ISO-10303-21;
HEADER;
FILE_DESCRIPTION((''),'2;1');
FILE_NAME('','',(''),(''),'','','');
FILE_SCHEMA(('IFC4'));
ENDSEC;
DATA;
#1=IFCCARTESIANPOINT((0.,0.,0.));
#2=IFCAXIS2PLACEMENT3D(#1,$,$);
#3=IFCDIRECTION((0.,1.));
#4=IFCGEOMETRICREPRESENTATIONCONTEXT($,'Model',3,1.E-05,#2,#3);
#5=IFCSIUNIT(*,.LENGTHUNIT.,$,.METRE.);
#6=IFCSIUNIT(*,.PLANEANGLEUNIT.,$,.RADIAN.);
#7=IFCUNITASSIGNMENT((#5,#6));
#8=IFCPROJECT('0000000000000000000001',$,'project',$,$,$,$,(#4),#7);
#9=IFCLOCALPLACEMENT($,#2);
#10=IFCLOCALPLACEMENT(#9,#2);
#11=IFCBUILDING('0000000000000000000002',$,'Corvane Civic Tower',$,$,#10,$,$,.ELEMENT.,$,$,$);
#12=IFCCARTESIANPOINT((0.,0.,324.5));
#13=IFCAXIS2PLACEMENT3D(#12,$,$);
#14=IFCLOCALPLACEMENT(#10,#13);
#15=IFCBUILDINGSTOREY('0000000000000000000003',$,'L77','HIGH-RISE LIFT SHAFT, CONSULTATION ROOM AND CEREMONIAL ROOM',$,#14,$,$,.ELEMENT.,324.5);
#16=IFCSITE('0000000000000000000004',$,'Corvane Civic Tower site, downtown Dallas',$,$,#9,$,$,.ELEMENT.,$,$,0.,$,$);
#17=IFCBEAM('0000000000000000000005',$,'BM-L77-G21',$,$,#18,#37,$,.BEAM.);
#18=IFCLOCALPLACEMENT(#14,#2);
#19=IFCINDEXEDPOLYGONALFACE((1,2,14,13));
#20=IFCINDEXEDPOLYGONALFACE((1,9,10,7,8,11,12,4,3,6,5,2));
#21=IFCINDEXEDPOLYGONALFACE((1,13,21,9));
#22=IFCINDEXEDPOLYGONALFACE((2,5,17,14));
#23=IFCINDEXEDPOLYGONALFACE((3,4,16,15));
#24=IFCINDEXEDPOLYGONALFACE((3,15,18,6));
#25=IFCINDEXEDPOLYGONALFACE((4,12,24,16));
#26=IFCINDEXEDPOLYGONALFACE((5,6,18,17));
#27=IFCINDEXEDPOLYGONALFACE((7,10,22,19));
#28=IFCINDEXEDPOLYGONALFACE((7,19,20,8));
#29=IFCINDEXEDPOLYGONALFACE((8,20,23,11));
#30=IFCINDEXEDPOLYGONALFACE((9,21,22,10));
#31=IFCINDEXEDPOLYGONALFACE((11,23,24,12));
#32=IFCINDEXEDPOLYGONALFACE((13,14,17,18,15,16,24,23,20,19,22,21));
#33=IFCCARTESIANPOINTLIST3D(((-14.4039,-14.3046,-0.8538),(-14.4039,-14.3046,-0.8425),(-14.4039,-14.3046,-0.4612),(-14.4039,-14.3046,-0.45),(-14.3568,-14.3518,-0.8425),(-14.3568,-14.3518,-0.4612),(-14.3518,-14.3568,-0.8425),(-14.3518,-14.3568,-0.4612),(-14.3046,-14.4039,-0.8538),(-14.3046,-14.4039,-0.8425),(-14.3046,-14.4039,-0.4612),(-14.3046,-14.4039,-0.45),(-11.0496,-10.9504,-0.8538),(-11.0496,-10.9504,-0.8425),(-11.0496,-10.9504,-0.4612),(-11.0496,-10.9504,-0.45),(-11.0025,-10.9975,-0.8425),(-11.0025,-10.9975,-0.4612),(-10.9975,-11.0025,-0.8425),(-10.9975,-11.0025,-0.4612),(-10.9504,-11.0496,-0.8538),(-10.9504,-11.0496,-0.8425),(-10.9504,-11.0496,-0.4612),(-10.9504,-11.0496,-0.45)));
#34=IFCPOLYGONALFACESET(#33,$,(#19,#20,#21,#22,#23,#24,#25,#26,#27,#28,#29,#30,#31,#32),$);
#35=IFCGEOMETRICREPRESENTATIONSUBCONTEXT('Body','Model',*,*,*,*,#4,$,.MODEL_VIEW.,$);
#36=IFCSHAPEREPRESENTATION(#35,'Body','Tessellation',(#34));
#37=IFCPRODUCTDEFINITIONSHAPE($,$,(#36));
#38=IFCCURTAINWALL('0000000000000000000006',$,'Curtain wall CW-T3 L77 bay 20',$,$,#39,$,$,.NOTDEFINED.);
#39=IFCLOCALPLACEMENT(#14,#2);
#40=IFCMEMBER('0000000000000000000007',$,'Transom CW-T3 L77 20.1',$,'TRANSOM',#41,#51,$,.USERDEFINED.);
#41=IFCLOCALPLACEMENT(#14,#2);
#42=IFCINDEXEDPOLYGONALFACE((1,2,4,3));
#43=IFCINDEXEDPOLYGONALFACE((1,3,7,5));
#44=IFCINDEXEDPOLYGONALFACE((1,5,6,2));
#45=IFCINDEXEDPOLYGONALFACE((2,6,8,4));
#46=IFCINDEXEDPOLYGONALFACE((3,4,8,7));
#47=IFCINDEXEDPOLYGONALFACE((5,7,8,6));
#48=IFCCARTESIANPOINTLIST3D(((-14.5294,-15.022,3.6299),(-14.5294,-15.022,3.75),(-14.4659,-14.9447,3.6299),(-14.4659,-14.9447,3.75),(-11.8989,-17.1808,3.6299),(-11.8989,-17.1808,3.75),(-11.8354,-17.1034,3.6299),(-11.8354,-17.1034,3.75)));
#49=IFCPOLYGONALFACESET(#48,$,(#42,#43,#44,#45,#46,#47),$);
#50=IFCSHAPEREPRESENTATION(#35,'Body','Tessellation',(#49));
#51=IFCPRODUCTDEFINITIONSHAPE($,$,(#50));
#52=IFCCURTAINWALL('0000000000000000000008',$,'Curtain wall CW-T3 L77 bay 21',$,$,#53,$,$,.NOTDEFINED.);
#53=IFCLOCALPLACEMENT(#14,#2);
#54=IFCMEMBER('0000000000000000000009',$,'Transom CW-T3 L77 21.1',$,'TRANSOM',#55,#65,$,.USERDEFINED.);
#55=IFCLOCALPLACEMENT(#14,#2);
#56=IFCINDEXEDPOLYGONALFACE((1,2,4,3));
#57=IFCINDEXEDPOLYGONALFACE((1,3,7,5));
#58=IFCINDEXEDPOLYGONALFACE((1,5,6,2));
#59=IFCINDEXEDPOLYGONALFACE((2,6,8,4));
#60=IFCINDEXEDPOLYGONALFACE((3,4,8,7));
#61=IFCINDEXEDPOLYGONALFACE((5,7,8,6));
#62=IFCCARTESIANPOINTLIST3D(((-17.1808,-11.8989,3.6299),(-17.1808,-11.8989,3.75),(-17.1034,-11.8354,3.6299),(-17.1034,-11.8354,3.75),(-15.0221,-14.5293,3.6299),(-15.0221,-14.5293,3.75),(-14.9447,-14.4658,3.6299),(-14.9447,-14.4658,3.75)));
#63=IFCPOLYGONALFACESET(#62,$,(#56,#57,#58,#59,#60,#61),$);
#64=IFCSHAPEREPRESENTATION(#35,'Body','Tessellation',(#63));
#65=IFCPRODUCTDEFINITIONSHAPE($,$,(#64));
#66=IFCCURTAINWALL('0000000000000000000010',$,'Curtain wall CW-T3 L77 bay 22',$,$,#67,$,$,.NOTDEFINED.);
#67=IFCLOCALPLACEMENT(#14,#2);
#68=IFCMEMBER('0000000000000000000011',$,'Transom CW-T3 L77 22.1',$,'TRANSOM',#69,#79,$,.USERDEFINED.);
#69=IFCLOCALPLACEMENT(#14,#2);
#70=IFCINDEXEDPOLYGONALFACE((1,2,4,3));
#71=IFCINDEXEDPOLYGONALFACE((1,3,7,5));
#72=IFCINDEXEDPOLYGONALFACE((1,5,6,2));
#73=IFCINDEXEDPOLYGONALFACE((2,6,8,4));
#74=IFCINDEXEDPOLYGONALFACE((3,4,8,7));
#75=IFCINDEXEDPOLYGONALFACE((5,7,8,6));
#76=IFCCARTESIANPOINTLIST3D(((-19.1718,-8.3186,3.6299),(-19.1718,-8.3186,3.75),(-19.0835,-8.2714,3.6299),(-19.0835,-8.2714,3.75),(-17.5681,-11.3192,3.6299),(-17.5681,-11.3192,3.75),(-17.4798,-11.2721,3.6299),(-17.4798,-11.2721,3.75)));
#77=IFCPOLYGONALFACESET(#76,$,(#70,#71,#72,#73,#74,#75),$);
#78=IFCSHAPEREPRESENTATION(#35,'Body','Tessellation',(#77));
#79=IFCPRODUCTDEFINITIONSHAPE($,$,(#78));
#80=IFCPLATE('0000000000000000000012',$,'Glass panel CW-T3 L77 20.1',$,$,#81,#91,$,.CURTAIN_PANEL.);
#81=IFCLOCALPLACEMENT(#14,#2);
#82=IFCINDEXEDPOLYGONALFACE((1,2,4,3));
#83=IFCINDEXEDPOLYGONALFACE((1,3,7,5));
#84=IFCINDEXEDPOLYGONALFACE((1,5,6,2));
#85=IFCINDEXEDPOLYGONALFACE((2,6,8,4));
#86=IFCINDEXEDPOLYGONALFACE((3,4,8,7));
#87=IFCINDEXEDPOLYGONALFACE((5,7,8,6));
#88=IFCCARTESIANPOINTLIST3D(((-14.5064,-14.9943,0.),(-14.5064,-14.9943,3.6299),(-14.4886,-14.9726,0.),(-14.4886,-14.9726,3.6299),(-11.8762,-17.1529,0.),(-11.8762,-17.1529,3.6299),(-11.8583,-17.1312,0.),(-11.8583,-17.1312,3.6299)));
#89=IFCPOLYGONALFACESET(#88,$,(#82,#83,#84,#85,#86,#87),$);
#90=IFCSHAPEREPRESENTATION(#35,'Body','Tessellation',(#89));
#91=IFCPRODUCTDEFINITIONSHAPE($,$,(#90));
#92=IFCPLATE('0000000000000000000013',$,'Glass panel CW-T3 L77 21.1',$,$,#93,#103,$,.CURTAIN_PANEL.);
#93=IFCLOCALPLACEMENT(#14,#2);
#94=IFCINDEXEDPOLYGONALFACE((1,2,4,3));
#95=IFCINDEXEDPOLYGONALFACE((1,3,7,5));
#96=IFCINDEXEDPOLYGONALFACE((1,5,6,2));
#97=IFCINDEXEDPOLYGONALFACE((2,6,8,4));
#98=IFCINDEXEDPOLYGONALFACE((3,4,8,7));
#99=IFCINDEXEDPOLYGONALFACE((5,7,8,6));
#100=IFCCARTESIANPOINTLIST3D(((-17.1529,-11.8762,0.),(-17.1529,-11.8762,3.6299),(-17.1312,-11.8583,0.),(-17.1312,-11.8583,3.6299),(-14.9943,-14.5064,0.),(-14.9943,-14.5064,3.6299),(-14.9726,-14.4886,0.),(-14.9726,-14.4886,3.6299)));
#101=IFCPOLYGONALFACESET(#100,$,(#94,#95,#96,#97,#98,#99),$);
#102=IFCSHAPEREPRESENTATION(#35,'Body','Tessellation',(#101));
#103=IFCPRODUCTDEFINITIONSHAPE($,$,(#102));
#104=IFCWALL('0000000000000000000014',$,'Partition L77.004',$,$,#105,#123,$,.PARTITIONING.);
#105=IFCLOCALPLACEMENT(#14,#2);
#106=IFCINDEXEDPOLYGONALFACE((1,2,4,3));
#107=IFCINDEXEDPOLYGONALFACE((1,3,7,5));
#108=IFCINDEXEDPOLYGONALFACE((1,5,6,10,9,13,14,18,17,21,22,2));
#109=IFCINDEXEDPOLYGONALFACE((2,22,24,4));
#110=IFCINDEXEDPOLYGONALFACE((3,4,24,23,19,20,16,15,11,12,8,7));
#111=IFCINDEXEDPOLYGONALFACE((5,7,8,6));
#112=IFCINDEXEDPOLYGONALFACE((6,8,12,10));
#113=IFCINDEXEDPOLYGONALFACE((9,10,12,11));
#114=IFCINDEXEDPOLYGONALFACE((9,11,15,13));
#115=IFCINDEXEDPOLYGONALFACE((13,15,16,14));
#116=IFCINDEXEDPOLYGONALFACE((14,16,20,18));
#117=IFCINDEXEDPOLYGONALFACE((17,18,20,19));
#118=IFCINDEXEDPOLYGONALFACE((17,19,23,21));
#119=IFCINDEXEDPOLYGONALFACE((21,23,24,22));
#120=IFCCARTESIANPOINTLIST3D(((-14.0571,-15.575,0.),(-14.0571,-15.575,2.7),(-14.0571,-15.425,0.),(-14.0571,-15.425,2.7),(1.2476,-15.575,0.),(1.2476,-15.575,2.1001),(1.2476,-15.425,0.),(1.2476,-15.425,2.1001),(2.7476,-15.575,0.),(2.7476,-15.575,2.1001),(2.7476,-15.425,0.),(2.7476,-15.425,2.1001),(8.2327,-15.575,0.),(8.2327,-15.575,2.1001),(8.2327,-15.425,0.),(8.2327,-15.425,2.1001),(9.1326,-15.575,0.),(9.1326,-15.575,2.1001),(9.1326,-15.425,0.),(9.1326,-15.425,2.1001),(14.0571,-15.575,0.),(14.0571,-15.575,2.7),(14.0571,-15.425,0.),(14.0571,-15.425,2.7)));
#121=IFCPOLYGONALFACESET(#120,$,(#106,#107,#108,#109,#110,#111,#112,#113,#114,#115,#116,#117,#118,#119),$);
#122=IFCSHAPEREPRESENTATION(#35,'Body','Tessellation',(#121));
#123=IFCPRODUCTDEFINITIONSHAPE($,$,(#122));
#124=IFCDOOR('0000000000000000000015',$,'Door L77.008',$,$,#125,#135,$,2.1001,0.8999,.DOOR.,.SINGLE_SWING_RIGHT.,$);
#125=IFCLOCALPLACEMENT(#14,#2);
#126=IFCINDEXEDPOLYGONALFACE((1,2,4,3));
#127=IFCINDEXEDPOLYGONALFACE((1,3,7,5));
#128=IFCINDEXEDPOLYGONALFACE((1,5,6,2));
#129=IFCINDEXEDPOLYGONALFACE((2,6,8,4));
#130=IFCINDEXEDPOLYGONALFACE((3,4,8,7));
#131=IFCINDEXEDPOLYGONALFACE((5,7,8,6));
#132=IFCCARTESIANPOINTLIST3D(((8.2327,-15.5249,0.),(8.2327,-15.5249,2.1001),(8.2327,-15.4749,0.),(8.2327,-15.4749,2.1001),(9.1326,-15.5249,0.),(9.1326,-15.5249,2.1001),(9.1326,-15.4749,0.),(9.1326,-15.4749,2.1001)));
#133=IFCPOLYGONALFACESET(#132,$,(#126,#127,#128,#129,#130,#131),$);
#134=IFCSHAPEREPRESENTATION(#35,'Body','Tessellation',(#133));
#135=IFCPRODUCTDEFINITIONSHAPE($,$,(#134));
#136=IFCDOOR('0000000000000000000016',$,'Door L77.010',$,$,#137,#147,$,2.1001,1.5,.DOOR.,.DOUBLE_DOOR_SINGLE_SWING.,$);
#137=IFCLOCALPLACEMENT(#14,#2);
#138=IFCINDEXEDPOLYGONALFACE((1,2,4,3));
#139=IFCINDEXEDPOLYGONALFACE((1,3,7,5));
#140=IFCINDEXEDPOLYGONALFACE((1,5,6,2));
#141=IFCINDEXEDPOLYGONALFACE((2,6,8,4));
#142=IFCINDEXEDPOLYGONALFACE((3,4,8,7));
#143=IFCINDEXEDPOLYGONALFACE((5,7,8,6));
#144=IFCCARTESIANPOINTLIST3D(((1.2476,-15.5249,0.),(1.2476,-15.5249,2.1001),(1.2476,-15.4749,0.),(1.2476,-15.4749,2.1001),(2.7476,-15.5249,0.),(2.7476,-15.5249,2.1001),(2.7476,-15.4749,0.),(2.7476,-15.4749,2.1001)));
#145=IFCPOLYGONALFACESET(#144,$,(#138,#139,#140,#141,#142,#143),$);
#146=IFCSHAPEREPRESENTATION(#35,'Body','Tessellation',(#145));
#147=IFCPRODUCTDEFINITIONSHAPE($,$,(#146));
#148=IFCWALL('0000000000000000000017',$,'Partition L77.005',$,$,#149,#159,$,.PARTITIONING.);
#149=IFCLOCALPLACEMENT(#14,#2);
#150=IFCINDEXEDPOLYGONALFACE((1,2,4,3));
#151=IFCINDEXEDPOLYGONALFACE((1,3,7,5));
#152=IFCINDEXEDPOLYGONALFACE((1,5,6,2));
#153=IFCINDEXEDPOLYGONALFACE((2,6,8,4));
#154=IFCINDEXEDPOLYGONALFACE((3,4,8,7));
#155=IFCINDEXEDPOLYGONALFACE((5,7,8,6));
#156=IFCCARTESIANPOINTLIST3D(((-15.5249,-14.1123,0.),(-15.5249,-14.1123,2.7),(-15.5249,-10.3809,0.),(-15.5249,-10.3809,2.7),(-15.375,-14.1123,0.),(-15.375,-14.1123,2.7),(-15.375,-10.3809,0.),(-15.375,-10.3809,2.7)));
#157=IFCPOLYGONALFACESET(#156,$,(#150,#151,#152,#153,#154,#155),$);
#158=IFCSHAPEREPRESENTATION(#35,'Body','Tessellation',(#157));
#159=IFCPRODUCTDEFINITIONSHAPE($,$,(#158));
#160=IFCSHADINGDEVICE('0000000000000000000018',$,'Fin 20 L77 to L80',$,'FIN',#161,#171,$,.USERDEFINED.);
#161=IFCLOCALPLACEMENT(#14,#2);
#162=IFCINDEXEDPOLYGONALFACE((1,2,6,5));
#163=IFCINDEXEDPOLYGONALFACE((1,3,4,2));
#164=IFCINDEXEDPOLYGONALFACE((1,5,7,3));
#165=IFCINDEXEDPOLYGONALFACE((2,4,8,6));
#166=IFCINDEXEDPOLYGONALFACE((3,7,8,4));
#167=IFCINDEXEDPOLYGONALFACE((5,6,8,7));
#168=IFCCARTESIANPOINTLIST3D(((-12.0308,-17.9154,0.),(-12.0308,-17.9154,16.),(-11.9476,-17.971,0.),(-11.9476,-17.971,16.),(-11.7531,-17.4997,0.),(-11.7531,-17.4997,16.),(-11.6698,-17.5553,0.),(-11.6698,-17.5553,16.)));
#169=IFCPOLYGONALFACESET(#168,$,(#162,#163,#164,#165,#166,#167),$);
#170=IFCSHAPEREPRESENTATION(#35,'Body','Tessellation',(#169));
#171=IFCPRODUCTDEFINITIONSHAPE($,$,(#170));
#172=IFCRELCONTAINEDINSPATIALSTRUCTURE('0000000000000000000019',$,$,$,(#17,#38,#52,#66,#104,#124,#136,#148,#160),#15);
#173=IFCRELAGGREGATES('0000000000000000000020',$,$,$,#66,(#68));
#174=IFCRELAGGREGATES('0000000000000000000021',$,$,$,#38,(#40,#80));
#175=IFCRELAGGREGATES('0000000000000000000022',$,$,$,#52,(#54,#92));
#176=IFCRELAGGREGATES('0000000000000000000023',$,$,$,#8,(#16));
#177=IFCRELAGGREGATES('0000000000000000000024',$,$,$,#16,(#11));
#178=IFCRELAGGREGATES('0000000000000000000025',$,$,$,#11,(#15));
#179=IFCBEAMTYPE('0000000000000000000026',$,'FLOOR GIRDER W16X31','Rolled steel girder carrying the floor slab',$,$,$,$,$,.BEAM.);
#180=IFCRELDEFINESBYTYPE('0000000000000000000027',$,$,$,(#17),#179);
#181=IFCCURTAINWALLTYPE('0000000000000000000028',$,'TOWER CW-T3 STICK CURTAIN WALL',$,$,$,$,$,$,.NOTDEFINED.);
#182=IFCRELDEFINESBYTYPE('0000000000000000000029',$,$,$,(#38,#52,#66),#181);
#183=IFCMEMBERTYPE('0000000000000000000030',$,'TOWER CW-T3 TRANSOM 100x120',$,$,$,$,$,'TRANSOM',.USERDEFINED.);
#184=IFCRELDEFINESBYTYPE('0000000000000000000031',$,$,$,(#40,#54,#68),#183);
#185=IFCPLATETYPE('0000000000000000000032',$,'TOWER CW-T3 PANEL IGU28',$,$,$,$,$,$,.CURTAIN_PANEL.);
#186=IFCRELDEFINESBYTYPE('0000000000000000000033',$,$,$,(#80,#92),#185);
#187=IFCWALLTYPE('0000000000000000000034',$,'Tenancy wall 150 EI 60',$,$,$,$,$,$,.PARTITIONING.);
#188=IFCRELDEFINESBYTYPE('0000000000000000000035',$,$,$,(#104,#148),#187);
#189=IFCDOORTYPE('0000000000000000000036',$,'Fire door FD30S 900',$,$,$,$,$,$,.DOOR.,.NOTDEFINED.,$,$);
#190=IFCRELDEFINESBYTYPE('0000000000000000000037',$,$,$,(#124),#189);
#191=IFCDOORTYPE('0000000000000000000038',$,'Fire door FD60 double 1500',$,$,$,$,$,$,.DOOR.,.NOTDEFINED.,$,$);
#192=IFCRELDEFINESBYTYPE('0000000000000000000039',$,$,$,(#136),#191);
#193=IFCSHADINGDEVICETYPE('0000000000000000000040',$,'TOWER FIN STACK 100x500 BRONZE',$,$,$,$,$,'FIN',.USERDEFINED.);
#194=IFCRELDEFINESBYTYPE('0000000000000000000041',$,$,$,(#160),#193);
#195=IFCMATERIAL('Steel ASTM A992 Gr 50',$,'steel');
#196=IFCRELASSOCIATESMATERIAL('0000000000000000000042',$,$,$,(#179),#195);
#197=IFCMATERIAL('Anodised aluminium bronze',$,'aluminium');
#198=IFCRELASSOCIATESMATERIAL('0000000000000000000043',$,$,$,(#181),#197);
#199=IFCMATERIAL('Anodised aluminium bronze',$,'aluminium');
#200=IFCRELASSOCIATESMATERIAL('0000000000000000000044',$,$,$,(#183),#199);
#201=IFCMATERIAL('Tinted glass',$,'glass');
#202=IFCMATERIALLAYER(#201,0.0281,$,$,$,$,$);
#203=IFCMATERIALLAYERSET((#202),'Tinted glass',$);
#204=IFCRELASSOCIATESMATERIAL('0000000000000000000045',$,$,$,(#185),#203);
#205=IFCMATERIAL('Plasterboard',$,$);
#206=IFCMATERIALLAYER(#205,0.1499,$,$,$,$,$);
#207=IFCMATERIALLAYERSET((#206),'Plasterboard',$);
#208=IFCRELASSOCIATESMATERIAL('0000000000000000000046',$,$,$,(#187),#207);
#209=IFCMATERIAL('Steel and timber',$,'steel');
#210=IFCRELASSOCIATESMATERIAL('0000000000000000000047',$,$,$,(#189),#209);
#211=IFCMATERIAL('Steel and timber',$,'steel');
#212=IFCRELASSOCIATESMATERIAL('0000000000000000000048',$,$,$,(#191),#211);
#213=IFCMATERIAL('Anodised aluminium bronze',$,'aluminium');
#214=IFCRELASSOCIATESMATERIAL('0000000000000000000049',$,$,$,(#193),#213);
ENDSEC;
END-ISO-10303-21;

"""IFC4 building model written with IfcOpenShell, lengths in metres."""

from ifc_helpers import new_model, si_unit, direction, frame, frame_2d, origin, origin_2d, place, context, subcontext, project, spatial, rectangle, i_section, extrude, material, layer, layer_set, material_profile, profile_set, type_object, element, fill, aggregate, save


model = new_model("IFC4")

# Units and contexts
model_context = context("Model", 3, precision=1e-05, world=origin(), true_north=direction((0.0, 1.0)))
body_context = subcontext(model_context, "Body", "Model", "MODEL_VIEW")
ifc_project = project(units=[si_unit("LENGTHUNIT", "METRE"), si_unit("PLANEANGLEUNIT", "RADIAN")], contexts=[model_context])

# Site, building, storey
site_placement = place(None, origin())
site = spatial("IfcSite", under=ifc_project, at=site_placement, Name="Corvane Civic Tower site, downtown Dallas", CompositionType="ELEMENT", RefElevation=0.0)
building_placement = place(site_placement, origin())
building = spatial("IfcBuilding", under=site, at=building_placement, Name="Corvane Civic Tower", CompositionType="ELEMENT")
storey_placement = place(building_placement, frame((0.0, 0.0, 324.5)))
storey = spatial("IfcBuildingStorey", under=building, at=storey_placement, Name="L77", Description="HIGH-RISE LIFT SHAFT, CONSULTATION ROOM AND CEREMONIAL ROOM", CompositionType="ELEMENT", Elevation=324.5)

# Beam
ifc_material_1 = material(Name="Steel ASTM A992 Gr 50", Category="steel")
ifc_material_profile_1 = material_profile(ifc_material_1, i_section(OverallWidth=0.1404, OverallDepth=0.4038, WebThickness=0.0071, FlangeThickness=0.0112, at=origin_2d()), Name="W16X31")
ifc_profile_set_1 = profile_set([ifc_material_profile_1], Name="Steel ASTM A992 Gr 50")
beam_type_1 = type_object("IfcBeamType", Name="FLOOR GIRDER W16X31", Description="Rolled steel girder carrying the floor slab", PredefinedType="BEAM", material=ifc_profile_set_1)
beam_placement = place(storey_placement, frame((-11.0, -11.0, -0.6519), z_axis=(-0.707107, -0.707107, 0.0), x_axis=(0.707107, -0.707107, 0.0)))
element("IfcBeam", 1, at=beam_placement, inside=storey, type_object=beam_type_1, Name="BM-L77-G21", PredefinedType="BEAM", context=body_context, shape_type="SweptSolid", body=[
    extrude(i_section(OverallWidth=0.1404, OverallDepth=0.4038, WebThickness=0.0071, FlangeThickness=0.0112, at=origin_2d()), origin(), (0.0, 0.0, 1.0), 4.7437),
])

# Curtain walls, members
ifc_material_2 = material(Name="Anodised aluminium bronze", Category="aluminium")
curtain_wall_type = type_object("IfcCurtainWallType", Name="TOWER CW-T3 STICK CURTAIN WALL", PredefinedType="NOTDEFINED", material=ifc_material_2)
curtain_wall_1_placement = place(storey_placement, origin())
curtain_wall_1 = element("IfcCurtainWall", 2, at=curtain_wall_1_placement, inside=storey, type_object=curtain_wall_type, Name="Curtain wall CW-T3 L77 bay 20", PredefinedType="NOTDEFINED")
ifc_material_3 = material(Name="Anodised aluminium bronze", Category="aluminium")
ifc_material_profile_2 = material_profile(ifc_material_3, rectangle(XDim=0.1001, YDim=0.1201, at=origin_2d()), Name="TOWER CW-T3 TRANSOM 100x120")
ifc_profile_set_2 = profile_set([ifc_material_profile_2], Name="Anodised aluminium bronze")
member_type = type_object("IfcMemberType", Name="TOWER CW-T3 TRANSOM 100x120", ElementType="TRANSOM", PredefinedType="USERDEFINED", material=ifc_profile_set_2)
member_1_placement = place(storey_placement, frame((-11.8672, -17.1421, 3.6899), z_axis=(-0.77301, 0.634394, 0.0), x_axis=(-0.634394, -0.77301, 0.0)))
member_1 = element("IfcMember", 3, at=member_1_placement, type_object=member_type, Name="Transom CW-T3 L77 20.1", ObjectType="TRANSOM", PredefinedType="USERDEFINED", context=body_context, shape_type="SweptSolid", body=[
    extrude(rectangle(XDim=0.1001, YDim=0.1201, at=origin_2d()), origin(), (0.0, 0.0, 1.0), 3.4028),
])
curtain_wall_2_placement = place(storey_placement, origin())
curtain_wall_2 = element("IfcCurtainWall", 4, at=curtain_wall_2_placement, inside=storey, type_object=curtain_wall_type, Name="Curtain wall CW-T3 L77 bay 21", PredefinedType="NOTDEFINED")
member_2_placement = place(storey_placement, frame((-14.9834, -14.4976, 3.6899), z_axis=(-0.634394, 0.77301, 0.0), x_axis=(-0.77301, -0.634394, 0.0)))
member_2 = element("IfcMember", 5, at=member_2_placement, type_object=member_type, Name="Transom CW-T3 L77 21.1", ObjectType="TRANSOM", PredefinedType="USERDEFINED", context=body_context, shape_type="SweptSolid", body=[
    extrude(rectangle(XDim=0.1001, YDim=0.1201, at=origin_2d()), origin(), (0.0, 0.0, 1.0), 3.4028),
])
curtain_wall_3_placement = place(storey_placement, origin())
curtain_wall_3 = element("IfcCurtainWall", 6, at=curtain_wall_3_placement, inside=storey, type_object=curtain_wall_type, Name="Curtain wall CW-T3 L77 bay 22", PredefinedType="NOTDEFINED")
member_3_placement = place(storey_placement, frame((-17.5239, -11.2957, 3.6899), z_axis=(-0.471359, 0.881941, 0.0), x_axis=(-0.881941, -0.471359, 0.0)))
member_3 = element("IfcMember", 7, at=member_3_placement, type_object=member_type, Name="Transom CW-T3 L77 22.1", ObjectType="TRANSOM", PredefinedType="USERDEFINED", context=body_context, shape_type="SweptSolid", body=[
    extrude(rectangle(XDim=0.1001, YDim=0.1201, at=origin_2d()), origin(), (0.0, 0.0, 1.0), 3.4023),
])
aggregate(curtain_wall_3, [member_3])

# Plates
ifc_material_4 = material(Name="Tinted glass", Category="glass")
ifc_layer_1 = layer(ifc_material_4, 0.0281)
ifc_layer_set_1 = layer_set([ifc_layer_1], Name="Tinted glass")
plate_type = type_object("IfcPlateType", Name="TOWER CW-T3 PANEL IGU28", PredefinedType="CURTAIN_PANEL", material=ifc_layer_set_1)
plate_1_placement = place(storey_placement, frame((-13.1824, -16.0627, 0.0), z_axis=(0.0, 0.0, 1.0), x_axis=(-0.77301, 0.634393, 0.0)))
plate_1 = element("IfcPlate", 8, at=plate_1_placement, type_object=plate_type, Name="Glass panel CW-T3 L77 20.1", PredefinedType="CURTAIN_PANEL", context=body_context, shape_type="SweptSolid", body=[
    extrude(rectangle(XDim=3.4026, YDim=0.0281, at=origin_2d()), origin(), (0.0, 0.0, 1.0), 3.6299),
])
aggregate(curtain_wall_1, [member_1, plate_1])
plate_2_placement = place(storey_placement, frame((-16.0627, -13.1824, 0.0), z_axis=(0.0, 0.0, 1.0), x_axis=(-0.634393, 0.77301, 0.0)))
plate_2 = element("IfcPlate", 9, at=plate_2_placement, type_object=plate_type, Name="Glass panel CW-T3 L77 21.1", PredefinedType="CURTAIN_PANEL", context=body_context, shape_type="SweptSolid", body=[
    extrude(rectangle(XDim=3.4026, YDim=0.0281, at=origin_2d()), origin(), (0.0, 0.0, 1.0), 3.6299),
])
aggregate(curtain_wall_2, [member_2, plate_2])

# Wall, openings, doors
ifc_material_5 = material(Name="Plasterboard")
ifc_layer_2 = layer(ifc_material_5, 0.1499)
ifc_layer_set_2 = layer_set([ifc_layer_2], Name="Plasterboard")
wall_type = type_object("IfcWallType", Name="Tenancy wall 150 EI 60", PredefinedType="PARTITIONING", material=ifc_layer_set_2)
wall_1_placement = place(storey_placement, frame((-14.0571, -15.5, 0.0), z_axis=(0.0, 0.0, 1.0), x_axis=(1.0, 0.0, 0.0)))
wall_1 = element("IfcWall", 10, at=wall_1_placement, inside=storey, type_object=wall_type, Name="Partition L77.004", PredefinedType="PARTITIONING", context=body_context, shape_type="SweptSolid", body=[
    extrude(rectangle(XDim=28.1143, YDim=0.1499, at=frame_2d((14.0571, 0.0))), origin(), (0.0, 0.0, 1.0), 2.7),
])
opening_1_placement = place(wall_1_placement, frame((22.2898, 0.0, 0.0)))
opening_1 = element("IfcOpeningElement", 11, at=opening_1_placement, cuts=wall_1, PredefinedType="OPENING", context=body_context, shape_type="SweptSolid", body=[
    extrude(rectangle(XDim=0.8999, YDim=2.1001, at=frame_2d((0.45, 1.05))), frame((0.0, 0.085, 0.0), z_axis=(0.0, -1.0, 0.0), x_axis=(1.0, 0.0, 0.0)), (0.0, 0.0, 1.0), 0.1699),
])
opening_2_placement = place(wall_1_placement, frame((15.3047, 0.0, 0.0)))
opening_2 = element("IfcOpeningElement", 12, at=opening_2_placement, cuts=wall_1, PredefinedType="OPENING", context=body_context, shape_type="SweptSolid", body=[
    extrude(rectangle(XDim=1.5, YDim=2.1001, at=frame_2d((0.75, 1.05))), frame((0.0, 0.085, 0.0), z_axis=(0.0, -1.0, 0.0), x_axis=(1.0, 0.0, 0.0)), (0.0, 0.0, 1.0), 0.1699),
])
ifc_material_6 = material(Name="Steel and timber", Category="steel")
door_type_1 = type_object("IfcDoorType", Name="Fire door FD30S 900", OperationType="NOTDEFINED", PredefinedType="DOOR", material=ifc_material_6)
door_1_placement = place(opening_1_placement, frame((0.8999, 0.0, 0.0), z_axis=(0.0, 0.0, 1.0), x_axis=(-1.0, 0.0, 0.0)))
door_1 = element("IfcDoor", 13, at=door_1_placement, inside=storey, type_object=door_type_1, Name="Door L77.008", OperationType="SINGLE_SWING_RIGHT", OverallHeight=2.1001, OverallWidth=0.8999, PredefinedType="DOOR", context=body_context, shape_type="SweptSolid", body=[
    extrude(rectangle(XDim=0.8999, YDim=2.1001, at=frame_2d((0.45, 1.05))), frame((0.0, 0.0249, 0.0), z_axis=(0.0, -1.0, 0.0), x_axis=(1.0, 0.0, 0.0)), (0.0, 0.0, 1.0), 0.05),
])
fill(opening_1, door_1)
ifc_material_7 = material(Name="Steel and timber", Category="steel")
door_type_2 = type_object("IfcDoorType", Name="Fire door FD60 double 1500", OperationType="NOTDEFINED", PredefinedType="DOOR", material=ifc_material_7)
door_2_placement = place(opening_2_placement, frame((1.5, 0.0, 0.0), z_axis=(0.0, 0.0, 1.0), x_axis=(-1.0, 0.0, 0.0)))
door_2 = element("IfcDoor", 14, at=door_2_placement, inside=storey, type_object=door_type_2, Name="Door L77.010", OperationType="DOUBLE_DOOR_SINGLE_SWING", OverallHeight=2.1001, OverallWidth=1.5, PredefinedType="DOOR", context=body_context, shape_type="SweptSolid", body=[
    extrude(rectangle(XDim=1.5, YDim=2.1001, at=frame_2d((0.75, 1.05))), frame((0.0, 0.0249, 0.0), z_axis=(0.0, -1.0, 0.0), x_axis=(1.0, 0.0, 0.0)), (0.0, 0.0, 1.0), 0.05),
])
fill(opening_2, door_2)

# Wall
wall_2_placement = place(storey_placement, frame((-15.45, -14.1123, 0.0), z_axis=(0.0, 0.0, 1.0), x_axis=(0.0, 1.0, 0.0)))
element("IfcWall", 15, at=wall_2_placement, inside=storey, type_object=wall_type, Name="Partition L77.005", PredefinedType="PARTITIONING", context=body_context, shape_type="SweptSolid", body=[
    extrude(rectangle(XDim=3.7314, YDim=0.1499, at=frame_2d((1.8657, 0.0))), origin(), (0.0, 0.0, 1.0), 2.7),
])

# Shading device
ifc_material_8 = material(Name="Anodised aluminium bronze", Category="aluminium")
ifc_material_profile_3 = material_profile(ifc_material_8, rectangle(XDim=0.1001, YDim=0.5, at=origin_2d()), Name="TOWER FIN STACK 100x500 BRONZE")
ifc_profile_set_3 = profile_set([ifc_material_profile_3], Name="Anodised aluminium bronze")
shading_device_type = type_object("IfcShadingDeviceType", Name="TOWER FIN STACK 100x500 BRONZE", ElementType="FIN", PredefinedType="USERDEFINED", material=ifc_profile_set_3)
for number, where, z_axis, x_axis, name in (
    (16, (-11.8503, -17.7354, 0.0), (0.0, 0.0, 1.0), (-0.83147, 0.55557, 0.0), "Fin 20 L77 to L80"),
):
    element("IfcShadingDevice", number, at=place(storey_placement, frame(where, z_axis=z_axis, x_axis=x_axis)), inside=storey, type_object=shading_device_type, Name=name, ObjectType="FIN", PredefinedType="USERDEFINED", context=body_context, shape_type="SweptSolid", body=[
        extrude(rectangle(XDim=0.1001, YDim=0.5, at=origin_2d()), origin(), (0.0, 0.0, 1.0), 16.0),
    ])

save(model, "model.ifc")
